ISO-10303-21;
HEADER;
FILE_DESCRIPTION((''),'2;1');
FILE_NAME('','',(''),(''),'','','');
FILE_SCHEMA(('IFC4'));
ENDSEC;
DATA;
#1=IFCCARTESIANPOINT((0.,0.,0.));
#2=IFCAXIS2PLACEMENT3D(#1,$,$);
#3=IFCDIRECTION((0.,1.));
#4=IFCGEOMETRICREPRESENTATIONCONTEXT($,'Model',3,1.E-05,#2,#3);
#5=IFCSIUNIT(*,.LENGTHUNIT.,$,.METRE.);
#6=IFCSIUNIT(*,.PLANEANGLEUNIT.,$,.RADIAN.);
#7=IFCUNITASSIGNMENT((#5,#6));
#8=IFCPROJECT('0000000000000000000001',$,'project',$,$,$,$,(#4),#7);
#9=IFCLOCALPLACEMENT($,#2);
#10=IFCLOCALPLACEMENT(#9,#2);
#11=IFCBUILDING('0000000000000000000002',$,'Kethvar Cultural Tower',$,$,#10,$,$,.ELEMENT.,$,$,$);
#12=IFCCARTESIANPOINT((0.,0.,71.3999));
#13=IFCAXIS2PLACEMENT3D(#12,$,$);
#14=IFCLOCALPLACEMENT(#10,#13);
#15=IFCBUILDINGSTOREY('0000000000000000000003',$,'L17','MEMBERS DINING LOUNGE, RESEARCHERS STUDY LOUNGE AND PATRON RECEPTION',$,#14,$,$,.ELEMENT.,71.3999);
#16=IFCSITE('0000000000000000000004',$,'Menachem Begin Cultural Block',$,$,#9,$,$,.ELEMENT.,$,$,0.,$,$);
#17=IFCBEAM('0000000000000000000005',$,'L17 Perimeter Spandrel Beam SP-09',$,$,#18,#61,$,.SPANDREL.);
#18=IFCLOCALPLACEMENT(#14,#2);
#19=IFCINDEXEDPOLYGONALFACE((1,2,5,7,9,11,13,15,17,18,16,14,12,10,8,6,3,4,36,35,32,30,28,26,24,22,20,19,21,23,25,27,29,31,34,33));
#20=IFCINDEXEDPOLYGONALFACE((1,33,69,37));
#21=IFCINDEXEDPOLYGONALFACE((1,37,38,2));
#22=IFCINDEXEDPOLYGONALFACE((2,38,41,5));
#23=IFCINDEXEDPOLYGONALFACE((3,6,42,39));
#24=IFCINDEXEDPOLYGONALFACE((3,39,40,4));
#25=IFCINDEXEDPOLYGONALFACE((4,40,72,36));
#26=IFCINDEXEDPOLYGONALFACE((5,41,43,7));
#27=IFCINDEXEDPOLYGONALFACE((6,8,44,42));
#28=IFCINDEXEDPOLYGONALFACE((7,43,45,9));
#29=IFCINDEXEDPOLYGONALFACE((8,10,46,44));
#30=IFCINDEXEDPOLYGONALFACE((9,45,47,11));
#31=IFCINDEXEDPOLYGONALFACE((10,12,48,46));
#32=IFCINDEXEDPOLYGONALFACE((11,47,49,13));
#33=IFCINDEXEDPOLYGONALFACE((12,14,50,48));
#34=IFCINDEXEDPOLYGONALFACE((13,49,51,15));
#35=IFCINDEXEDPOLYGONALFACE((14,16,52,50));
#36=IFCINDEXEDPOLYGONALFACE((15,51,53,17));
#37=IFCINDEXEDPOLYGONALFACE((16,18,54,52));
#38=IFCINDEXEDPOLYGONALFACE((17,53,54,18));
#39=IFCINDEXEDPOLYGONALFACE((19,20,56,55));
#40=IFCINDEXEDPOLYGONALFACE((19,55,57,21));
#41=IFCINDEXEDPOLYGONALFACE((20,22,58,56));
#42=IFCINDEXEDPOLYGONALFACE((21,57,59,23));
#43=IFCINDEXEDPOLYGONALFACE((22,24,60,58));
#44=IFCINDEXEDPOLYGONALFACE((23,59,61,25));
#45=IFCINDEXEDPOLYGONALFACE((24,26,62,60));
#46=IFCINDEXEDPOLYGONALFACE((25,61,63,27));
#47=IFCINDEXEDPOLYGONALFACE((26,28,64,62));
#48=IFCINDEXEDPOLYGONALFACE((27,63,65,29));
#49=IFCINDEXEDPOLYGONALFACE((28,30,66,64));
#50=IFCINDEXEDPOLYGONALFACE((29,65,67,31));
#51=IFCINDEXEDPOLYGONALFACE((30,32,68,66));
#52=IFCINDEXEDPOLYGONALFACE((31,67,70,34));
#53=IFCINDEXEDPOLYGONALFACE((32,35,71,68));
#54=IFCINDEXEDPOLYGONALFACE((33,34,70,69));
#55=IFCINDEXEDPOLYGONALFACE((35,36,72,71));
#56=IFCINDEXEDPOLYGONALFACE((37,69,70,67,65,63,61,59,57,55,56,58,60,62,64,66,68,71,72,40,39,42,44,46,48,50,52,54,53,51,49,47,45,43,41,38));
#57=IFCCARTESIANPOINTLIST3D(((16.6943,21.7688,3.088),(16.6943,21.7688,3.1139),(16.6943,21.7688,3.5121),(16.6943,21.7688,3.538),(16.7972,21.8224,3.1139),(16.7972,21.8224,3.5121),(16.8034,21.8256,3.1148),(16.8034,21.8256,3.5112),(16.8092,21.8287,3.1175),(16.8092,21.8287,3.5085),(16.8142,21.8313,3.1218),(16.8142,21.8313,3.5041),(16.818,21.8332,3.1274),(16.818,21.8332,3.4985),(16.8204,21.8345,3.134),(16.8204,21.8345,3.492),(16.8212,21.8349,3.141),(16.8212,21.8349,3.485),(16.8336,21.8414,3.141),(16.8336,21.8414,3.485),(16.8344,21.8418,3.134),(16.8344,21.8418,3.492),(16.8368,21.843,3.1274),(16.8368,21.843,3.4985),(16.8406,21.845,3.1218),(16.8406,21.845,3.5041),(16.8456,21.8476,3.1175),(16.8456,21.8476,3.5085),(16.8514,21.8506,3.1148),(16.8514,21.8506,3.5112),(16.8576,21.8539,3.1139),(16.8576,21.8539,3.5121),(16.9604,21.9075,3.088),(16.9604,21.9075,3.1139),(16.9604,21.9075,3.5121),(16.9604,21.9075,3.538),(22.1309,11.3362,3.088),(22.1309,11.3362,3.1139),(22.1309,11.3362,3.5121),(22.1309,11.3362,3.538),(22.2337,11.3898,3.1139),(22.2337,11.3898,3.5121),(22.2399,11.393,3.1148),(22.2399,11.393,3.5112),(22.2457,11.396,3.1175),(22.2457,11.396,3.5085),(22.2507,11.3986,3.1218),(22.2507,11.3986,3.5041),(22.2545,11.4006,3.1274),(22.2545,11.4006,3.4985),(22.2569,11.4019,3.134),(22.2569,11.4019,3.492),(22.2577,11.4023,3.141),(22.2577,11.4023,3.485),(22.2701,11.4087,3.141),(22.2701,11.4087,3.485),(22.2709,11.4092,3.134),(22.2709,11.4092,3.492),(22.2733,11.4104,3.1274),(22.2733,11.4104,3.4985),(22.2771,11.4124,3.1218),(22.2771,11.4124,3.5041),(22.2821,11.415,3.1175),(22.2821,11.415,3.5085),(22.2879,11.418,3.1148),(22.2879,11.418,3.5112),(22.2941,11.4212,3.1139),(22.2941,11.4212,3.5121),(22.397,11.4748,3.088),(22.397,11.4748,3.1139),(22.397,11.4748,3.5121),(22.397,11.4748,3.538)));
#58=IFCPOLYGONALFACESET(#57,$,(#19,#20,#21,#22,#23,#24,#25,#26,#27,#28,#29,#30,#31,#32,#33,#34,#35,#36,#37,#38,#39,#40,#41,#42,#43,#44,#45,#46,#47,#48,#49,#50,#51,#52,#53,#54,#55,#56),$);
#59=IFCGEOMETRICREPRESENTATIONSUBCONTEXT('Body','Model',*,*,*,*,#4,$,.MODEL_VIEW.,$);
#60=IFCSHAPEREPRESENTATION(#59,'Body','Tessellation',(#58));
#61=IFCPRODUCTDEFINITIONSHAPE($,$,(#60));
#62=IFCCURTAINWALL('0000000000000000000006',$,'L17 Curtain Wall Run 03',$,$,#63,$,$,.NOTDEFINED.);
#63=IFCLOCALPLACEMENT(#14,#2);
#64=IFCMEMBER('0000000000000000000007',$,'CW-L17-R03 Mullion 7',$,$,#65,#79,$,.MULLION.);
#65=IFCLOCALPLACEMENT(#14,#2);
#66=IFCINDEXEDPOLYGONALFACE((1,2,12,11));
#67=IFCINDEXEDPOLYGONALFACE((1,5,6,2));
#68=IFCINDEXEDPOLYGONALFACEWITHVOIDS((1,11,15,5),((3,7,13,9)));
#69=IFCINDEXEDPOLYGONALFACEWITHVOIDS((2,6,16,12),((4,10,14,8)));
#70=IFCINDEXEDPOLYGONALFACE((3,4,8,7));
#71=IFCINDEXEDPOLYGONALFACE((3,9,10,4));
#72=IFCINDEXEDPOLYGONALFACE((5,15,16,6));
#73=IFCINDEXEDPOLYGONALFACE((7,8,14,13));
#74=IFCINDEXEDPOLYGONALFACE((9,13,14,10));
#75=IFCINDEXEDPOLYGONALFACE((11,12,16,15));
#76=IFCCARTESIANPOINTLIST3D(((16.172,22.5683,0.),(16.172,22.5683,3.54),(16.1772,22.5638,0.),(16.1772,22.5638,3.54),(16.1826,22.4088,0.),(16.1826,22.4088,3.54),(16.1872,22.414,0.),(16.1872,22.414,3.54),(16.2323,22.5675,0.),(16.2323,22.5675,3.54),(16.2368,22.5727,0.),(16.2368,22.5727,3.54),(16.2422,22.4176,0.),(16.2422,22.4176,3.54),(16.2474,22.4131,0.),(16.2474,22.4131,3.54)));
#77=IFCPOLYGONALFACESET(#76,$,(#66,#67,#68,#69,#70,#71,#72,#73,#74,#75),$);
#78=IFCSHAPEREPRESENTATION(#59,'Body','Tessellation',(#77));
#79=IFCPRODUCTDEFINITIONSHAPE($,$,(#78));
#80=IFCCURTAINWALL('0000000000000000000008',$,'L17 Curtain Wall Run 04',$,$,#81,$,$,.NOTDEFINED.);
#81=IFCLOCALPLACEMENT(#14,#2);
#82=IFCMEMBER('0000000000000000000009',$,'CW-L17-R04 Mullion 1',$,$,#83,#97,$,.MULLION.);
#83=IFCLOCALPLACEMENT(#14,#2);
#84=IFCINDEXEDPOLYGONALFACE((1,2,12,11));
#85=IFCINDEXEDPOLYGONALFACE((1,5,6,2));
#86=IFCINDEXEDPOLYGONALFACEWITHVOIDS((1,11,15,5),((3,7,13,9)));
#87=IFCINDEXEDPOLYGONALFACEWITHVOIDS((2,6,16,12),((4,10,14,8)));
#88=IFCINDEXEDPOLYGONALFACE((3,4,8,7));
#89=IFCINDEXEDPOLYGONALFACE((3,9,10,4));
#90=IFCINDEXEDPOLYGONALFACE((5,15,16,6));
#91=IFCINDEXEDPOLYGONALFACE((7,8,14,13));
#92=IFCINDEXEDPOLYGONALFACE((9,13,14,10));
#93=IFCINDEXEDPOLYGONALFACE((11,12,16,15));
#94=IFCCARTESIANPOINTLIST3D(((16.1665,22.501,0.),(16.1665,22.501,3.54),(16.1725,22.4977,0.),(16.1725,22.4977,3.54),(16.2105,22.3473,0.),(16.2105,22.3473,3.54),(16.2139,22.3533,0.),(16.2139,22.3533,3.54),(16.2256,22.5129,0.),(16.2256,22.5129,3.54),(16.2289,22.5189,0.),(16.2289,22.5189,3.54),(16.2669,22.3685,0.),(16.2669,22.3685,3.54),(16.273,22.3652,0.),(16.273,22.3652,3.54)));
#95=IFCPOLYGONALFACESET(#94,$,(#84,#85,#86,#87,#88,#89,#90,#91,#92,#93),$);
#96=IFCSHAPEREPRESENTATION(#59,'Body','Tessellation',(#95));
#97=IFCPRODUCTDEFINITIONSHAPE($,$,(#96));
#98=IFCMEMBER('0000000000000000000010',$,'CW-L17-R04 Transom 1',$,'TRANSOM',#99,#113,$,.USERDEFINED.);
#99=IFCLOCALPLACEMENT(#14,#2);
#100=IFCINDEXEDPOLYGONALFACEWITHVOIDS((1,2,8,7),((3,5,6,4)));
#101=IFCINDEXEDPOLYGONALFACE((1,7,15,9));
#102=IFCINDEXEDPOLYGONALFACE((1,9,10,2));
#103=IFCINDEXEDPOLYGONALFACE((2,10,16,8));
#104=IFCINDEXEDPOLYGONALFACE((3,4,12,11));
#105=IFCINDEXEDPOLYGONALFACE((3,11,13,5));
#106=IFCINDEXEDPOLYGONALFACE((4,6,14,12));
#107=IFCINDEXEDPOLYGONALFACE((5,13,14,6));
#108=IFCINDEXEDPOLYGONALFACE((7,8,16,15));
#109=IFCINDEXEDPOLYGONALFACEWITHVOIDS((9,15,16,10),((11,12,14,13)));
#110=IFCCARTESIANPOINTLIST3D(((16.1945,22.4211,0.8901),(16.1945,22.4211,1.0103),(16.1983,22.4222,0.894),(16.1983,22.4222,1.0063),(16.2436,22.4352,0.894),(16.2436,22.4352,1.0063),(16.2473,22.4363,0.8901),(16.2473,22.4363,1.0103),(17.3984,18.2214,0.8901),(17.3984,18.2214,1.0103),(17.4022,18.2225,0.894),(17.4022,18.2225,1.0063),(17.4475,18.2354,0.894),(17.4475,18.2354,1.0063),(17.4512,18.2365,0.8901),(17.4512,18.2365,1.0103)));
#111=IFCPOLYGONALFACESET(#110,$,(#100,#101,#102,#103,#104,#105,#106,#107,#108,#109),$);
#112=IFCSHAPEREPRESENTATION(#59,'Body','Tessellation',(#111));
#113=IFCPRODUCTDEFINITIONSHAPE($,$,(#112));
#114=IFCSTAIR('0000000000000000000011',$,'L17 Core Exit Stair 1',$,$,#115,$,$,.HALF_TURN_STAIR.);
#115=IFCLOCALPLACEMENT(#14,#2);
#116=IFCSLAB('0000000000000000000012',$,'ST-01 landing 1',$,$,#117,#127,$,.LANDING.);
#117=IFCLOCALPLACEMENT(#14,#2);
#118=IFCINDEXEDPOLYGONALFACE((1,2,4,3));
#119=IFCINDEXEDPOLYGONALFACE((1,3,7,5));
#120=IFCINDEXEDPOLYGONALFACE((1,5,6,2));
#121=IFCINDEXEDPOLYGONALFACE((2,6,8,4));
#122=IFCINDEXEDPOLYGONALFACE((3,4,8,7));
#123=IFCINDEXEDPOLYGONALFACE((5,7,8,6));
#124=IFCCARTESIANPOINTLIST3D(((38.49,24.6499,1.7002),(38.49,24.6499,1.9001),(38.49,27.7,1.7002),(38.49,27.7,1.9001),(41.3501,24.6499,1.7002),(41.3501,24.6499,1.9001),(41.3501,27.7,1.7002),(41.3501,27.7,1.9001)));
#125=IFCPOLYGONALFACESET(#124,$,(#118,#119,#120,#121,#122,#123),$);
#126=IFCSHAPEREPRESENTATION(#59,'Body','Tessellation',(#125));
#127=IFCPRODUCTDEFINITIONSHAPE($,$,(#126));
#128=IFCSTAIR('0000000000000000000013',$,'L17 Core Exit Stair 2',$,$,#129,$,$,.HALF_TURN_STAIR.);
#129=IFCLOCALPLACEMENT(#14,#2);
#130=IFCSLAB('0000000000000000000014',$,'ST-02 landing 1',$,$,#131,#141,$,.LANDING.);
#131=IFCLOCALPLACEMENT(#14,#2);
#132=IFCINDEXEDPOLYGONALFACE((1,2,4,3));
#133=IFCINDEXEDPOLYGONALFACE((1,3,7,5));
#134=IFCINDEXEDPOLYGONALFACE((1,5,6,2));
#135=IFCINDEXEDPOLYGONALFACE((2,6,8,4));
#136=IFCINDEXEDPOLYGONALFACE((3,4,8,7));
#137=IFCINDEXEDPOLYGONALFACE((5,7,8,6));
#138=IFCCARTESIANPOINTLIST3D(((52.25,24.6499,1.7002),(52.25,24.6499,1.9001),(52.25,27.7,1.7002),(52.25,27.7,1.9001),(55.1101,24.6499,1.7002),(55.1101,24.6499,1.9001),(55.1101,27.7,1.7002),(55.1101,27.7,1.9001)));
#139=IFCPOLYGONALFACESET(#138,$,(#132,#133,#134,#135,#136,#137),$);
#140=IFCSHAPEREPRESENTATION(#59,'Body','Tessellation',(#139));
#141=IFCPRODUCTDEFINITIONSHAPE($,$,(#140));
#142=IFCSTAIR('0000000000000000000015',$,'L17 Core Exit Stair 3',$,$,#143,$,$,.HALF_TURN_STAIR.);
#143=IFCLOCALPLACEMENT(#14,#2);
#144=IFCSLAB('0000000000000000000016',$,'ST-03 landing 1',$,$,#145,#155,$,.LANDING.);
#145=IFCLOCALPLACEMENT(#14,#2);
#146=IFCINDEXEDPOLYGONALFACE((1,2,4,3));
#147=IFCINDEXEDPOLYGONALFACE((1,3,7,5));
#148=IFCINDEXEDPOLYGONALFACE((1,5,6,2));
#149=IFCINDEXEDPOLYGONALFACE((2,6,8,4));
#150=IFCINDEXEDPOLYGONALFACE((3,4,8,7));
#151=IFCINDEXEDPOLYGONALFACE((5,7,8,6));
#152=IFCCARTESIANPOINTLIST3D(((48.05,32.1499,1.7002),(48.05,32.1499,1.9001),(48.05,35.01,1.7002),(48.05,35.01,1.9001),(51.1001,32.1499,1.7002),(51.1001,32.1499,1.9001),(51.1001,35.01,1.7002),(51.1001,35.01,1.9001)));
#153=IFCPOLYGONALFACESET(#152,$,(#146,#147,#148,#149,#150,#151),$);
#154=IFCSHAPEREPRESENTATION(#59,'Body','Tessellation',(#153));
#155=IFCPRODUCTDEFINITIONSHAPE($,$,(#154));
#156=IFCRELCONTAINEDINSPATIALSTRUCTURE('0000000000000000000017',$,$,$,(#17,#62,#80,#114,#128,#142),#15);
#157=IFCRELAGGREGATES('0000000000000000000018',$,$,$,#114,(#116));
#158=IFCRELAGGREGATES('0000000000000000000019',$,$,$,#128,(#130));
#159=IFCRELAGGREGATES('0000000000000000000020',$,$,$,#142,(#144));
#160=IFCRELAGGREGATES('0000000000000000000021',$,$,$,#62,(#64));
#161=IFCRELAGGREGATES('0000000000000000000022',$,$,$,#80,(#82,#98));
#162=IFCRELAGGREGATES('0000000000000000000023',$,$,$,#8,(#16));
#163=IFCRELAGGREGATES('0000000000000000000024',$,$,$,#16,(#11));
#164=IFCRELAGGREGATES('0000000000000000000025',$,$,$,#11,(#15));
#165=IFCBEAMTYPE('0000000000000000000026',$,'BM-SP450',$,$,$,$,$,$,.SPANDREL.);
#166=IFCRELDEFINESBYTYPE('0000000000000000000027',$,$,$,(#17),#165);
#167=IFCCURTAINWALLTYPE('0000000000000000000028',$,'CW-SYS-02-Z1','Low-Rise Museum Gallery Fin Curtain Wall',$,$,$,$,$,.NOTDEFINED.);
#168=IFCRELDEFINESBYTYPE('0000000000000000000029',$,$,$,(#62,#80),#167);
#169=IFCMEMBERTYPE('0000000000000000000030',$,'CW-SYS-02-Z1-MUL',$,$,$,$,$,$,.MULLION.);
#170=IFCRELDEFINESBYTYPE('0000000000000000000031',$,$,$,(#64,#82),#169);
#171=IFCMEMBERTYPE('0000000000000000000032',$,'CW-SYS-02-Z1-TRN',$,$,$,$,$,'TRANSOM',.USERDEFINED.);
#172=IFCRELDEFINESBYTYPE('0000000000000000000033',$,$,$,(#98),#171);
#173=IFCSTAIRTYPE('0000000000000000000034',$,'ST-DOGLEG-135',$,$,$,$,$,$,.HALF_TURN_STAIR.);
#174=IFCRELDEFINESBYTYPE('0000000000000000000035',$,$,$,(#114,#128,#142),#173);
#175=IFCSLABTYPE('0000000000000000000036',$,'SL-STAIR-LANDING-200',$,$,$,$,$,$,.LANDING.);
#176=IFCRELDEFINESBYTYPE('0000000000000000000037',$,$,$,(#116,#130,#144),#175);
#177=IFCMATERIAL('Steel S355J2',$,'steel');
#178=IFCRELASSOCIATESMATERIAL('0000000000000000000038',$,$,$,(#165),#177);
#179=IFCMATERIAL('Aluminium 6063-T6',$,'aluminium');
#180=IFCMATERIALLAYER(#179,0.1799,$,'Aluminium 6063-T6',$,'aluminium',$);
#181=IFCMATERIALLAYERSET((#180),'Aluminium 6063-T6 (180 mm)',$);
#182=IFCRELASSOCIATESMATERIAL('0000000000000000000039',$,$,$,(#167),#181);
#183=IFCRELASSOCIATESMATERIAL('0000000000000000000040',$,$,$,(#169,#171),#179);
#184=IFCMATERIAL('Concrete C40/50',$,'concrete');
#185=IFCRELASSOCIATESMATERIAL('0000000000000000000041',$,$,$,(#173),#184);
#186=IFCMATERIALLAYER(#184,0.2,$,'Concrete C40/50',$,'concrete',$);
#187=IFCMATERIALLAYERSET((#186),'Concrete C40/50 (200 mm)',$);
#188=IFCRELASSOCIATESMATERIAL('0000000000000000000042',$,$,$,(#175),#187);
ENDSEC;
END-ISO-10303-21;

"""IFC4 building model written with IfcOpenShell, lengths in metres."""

from ifc_helpers import new_model, si_unit, direction, frame, origin, origin_2d, place, context, subcontext, project, spatial, polyline, hollow_rectangle, i_section, outline, extrude, source, transform, mapped, material, layer, layer_set, material_profile, profile_set, type_object, element, aggregate, save


model = new_model("IFC4")

# Units and contexts
model_context = context("Model", 3, precision=1e-05, world=origin(), true_north=direction((0.0, 1.0)))
body_context = subcontext(model_context, "Body", "Model", "MODEL_VIEW")
ifc_project = project(units=[si_unit("LENGTHUNIT", "METRE"), si_unit("PLANEANGLEUNIT", "RADIAN")], contexts=[model_context])

# Site, building, storey
site_placement = place(None, origin())
site = spatial("IfcSite", under=ifc_project, at=site_placement, Name="Menachem Begin Cultural Block", CompositionType="ELEMENT", RefElevation=0.0)
building_placement = place(site_placement, origin())
building = spatial("IfcBuilding", under=site, at=building_placement, Name="Kethvar Cultural Tower", CompositionType="ELEMENT")
storey_placement = place(building_placement, frame((0.0, 0.0, 71.3999)))
storey = spatial("IfcBuildingStorey", under=building, at=storey_placement, Name="L17", Description="MEMBERS DINING LOUNGE, RESEARCHERS STUDY LOUNGE AND PATRON RECEPTION", CompositionType="ELEMENT", Elevation=71.3999)

# Beam
ifc_material_1 = material(Name="Steel S355J2", Category="steel")
ifc_material_profile_1 = material_profile(ifc_material_1, i_section(OverallWidth=0.3, OverallDepth=0.45, WebThickness=0.0139, FlangeThickness=0.0259, FilletRadius=0.0271, at=origin_2d()), Name="Steel S355J2 — HEB450")
ifc_profile_set_1 = profile_set([ifc_material_profile_1], Name="Steel S355J2 — HEB450")
beam_type = type_object("IfcBeamType", Name="BM-SP450", PredefinedType="SPANDREL", material=ifc_profile_set_1)
shared_shape_1 = source(origin(), body_context, "Body", "SweptSolid", [
    extrude(i_section(OverallWidth=0.3, OverallDepth=0.45, WebThickness=0.0139, FlangeThickness=0.0259, FilletRadius=0.0271, at=origin_2d()), origin(), (0.0, 0.0, 1.0), 11.7642),
])
beam_placement = place(storey_placement, frame((16.8274, 21.8381, 3.313), z_axis=(0.462126, -0.886814, 0.0), x_axis=(0.886814, 0.462126, 0.0)))
element("IfcBeam", 1, at=beam_placement, inside=storey, type_object=beam_type, Name="L17 Perimeter Spandrel Beam SP-09", PredefinedType="SPANDREL", context=body_context, shape_type="MappedRepresentation", body=[
    mapped(shared_shape_1, transform((0.0, 0.0, 0.0), scale=1.0)),
])

# Curtain wall, member
ifc_material_2 = material(Name="Aluminium 6063-T6", Category="aluminium")
ifc_layer_1 = layer(ifc_material_2, 0.1799, Name="Aluminium 6063-T6", Category="aluminium")
ifc_layer_set_1 = layer_set([ifc_layer_1], Name="Aluminium 6063-T6 (180 mm)")
curtain_wall_type = type_object("IfcCurtainWallType", Name="CW-SYS-02-Z1", Description="Low-Rise Museum Gallery Fin Curtain Wall", PredefinedType="NOTDEFINED", material=ifc_layer_set_1)
curtain_wall_1_placement = place(storey_placement, origin())
curtain_wall_1 = element("IfcCurtainWall", 2, at=curtain_wall_1_placement, inside=storey, type_object=curtain_wall_type, Name="L17 Curtain Wall Run 03", PredefinedType="NOTDEFINED")
ifc_material_profile_2 = material_profile(ifc_material_2, hollow_rectangle(XDim=0.0649, YDim=0.1599, WallThickness=0.0049, at=origin_2d()), Name="Aluminium 6063-T6 — RHS160x65x5")
ifc_profile_set_2 = profile_set([ifc_material_profile_2], Name="Aluminium 6063-T6 — RHS160x65x5")
member_type_1 = type_object("IfcMemberType", Name="CW-SYS-02-Z1-MUL", PredefinedType="MULLION", material=ifc_profile_set_2)
shared_shape_2 = source(origin(), body_context, "Body", "SweptSolid", [
    extrude(hollow_rectangle(XDim=0.0649, YDim=0.1599, WallThickness=0.0049, at=origin_2d()), origin(), (0.0, 0.0, 1.0), 3.54),
])
member_1_placement = place(storey_placement, frame((16.2097, 22.4907, 0.0), z_axis=(0.0, 0.0, 1.0), x_axis=(0.997792, 0.066413, 0.0)))
member_1 = element("IfcMember", 3, at=member_1_placement, type_object=member_type_1, Name="CW-L17-R03 Mullion 7", PredefinedType="MULLION", context=body_context, shape_type="MappedRepresentation", body=[
    mapped(shared_shape_2, transform((0.0, 0.0, 0.0), scale=1.0)),
])

# Curtain wall, members
curtain_wall_2_placement = place(storey_placement, origin())
curtain_wall_2 = element("IfcCurtainWall", 4, at=curtain_wall_2_placement, inside=storey, type_object=curtain_wall_type, Name="L17 Curtain Wall Run 04", PredefinedType="NOTDEFINED")
member_2_placement = place(storey_placement, frame((16.2197, 22.4331, 0.0), z_axis=(0.0, 0.0, 1.0), x_axis=(0.9613, 0.275503, 0.0)))
member_2 = element("IfcMember", 5, at=member_2_placement, type_object=member_type_1, Name="CW-L17-R04 Mullion 1", PredefinedType="MULLION", context=body_context, shape_type="MappedRepresentation", body=[
    mapped(shared_shape_2, transform((0.0, 0.0, 0.0), scale=1.0)),
])
ifc_material_profile_3 = material_profile(ifc_material_2, hollow_rectangle(XDim=0.0549, YDim=0.1201, WallThickness=0.0039, at=origin_2d()), Name="Aluminium 6063-T6 — RHS120x55x4")
ifc_profile_set_3 = profile_set([ifc_material_profile_3], Name="Aluminium 6063-T6 — RHS120x55x4")
member_type_2 = type_object("IfcMemberType", Name="CW-SYS-02-Z1-TRN", ElementType="TRANSOM", PredefinedType="USERDEFINED", material=ifc_profile_set_3)
shared_shape_3 = source(origin(), body_context, "Body", "SweptSolid", [
    extrude(hollow_rectangle(XDim=0.0549, YDim=0.1201, WallThickness=0.0039, at=origin_2d()), origin(), (0.0, 0.0, 1.0), 4.3689),
])
member_3_placement = place(storey_placement, frame((16.2209, 22.4287, 0.9502), z_axis=(0.275555, -0.961285, 0.0), x_axis=(0.961285, 0.275555, 0.0)))
member_3 = element("IfcMember", 6, at=member_3_placement, type_object=member_type_2, Name="CW-L17-R04 Transom 1", ObjectType="TRANSOM", PredefinedType="USERDEFINED", context=body_context, shape_type="MappedRepresentation", body=[
    mapped(shared_shape_3, transform((0.0, 0.0, 0.0), scale=1.0)),
])

# Stairs, slabs
ifc_material_3 = material(Name="Concrete C40/50", Category="concrete")
stair_type = type_object("IfcStairType", Name="ST-DOGLEG-135", PredefinedType="HALF_TURN_STAIR", material=ifc_material_3)
stair_1_placement = place(storey_placement, origin())
stair_1 = element("IfcStair", 7, at=stair_1_placement, inside=storey, type_object=stair_type, Name="L17 Core Exit Stair 1", PredefinedType="HALF_TURN_STAIR")
ifc_layer_2 = layer(ifc_material_3, 0.2, Name="Concrete C40/50", Category="concrete")
ifc_layer_set_2 = layer_set([ifc_layer_2], Name="Concrete C40/50 (200 mm)")
slab_type_1 = type_object("IfcSlabType", Name="SL-STAIR-LANDING-200", PredefinedType="LANDING", material=ifc_layer_set_2)
slab_1_placement = place(storey_placement, frame((0.0, 0.0, 1.7002)))
slab_1 = element("IfcSlab", 8, at=slab_1_placement, type_object=slab_type_1, Name="ST-01 landing 1", PredefinedType="LANDING", context=body_context, shape_type="SweptSolid", body=[
    extrude(outline(polyline([(41.3501, 24.6499), (41.3501, 27.7), (38.49, 27.7), (38.49, 24.6499), (41.3501, 24.6499)])), origin(), (0.0, 0.0, 1.0), 0.2),
])
aggregate(stair_1, [slab_1])
stair_2_placement = place(storey_placement, origin())
stair_2 = element("IfcStair", 9, at=stair_2_placement, inside=storey, type_object=stair_type, Name="L17 Core Exit Stair 2", PredefinedType="HALF_TURN_STAIR")
slab_2_placement = place(storey_placement, frame((0.0, 0.0, 1.7002)))
slab_2 = element("IfcSlab", 10, at=slab_2_placement, type_object=slab_type_1, Name="ST-02 landing 1", PredefinedType="LANDING", context=body_context, shape_type="SweptSolid", body=[
    extrude(outline(polyline([(55.1101, 24.6499), (55.1101, 27.7), (52.25, 27.7), (52.25, 24.6499), (55.1101, 24.6499)])), origin(), (0.0, 0.0, 1.0), 0.2),
])
aggregate(stair_2, [slab_2])
stair_3_placement = place(storey_placement, origin())
stair_3 = element("IfcStair", 11, at=stair_3_placement, inside=storey, type_object=stair_type, Name="L17 Core Exit Stair 3", PredefinedType="HALF_TURN_STAIR")
slab_3_placement = place(storey_placement, frame((0.0, 0.0, 1.7002)))
slab_3 = element("IfcSlab", 12, at=slab_3_placement, type_object=slab_type_1, Name="ST-03 landing 1", PredefinedType="LANDING", context=body_context, shape_type="SweptSolid", body=[
    extrude(outline(polyline([(51.1001, 35.01), (48.05, 35.01), (48.05, 32.1499), (51.1001, 32.1499), (51.1001, 35.01)])), origin(), (0.0, 0.0, 1.0), 0.2),
])
aggregate(stair_3, [slab_3])

aggregate(curtain_wall_1, [member_1])
aggregate(curtain_wall_2, [member_2, member_3])

save(model, "model.ifc")
